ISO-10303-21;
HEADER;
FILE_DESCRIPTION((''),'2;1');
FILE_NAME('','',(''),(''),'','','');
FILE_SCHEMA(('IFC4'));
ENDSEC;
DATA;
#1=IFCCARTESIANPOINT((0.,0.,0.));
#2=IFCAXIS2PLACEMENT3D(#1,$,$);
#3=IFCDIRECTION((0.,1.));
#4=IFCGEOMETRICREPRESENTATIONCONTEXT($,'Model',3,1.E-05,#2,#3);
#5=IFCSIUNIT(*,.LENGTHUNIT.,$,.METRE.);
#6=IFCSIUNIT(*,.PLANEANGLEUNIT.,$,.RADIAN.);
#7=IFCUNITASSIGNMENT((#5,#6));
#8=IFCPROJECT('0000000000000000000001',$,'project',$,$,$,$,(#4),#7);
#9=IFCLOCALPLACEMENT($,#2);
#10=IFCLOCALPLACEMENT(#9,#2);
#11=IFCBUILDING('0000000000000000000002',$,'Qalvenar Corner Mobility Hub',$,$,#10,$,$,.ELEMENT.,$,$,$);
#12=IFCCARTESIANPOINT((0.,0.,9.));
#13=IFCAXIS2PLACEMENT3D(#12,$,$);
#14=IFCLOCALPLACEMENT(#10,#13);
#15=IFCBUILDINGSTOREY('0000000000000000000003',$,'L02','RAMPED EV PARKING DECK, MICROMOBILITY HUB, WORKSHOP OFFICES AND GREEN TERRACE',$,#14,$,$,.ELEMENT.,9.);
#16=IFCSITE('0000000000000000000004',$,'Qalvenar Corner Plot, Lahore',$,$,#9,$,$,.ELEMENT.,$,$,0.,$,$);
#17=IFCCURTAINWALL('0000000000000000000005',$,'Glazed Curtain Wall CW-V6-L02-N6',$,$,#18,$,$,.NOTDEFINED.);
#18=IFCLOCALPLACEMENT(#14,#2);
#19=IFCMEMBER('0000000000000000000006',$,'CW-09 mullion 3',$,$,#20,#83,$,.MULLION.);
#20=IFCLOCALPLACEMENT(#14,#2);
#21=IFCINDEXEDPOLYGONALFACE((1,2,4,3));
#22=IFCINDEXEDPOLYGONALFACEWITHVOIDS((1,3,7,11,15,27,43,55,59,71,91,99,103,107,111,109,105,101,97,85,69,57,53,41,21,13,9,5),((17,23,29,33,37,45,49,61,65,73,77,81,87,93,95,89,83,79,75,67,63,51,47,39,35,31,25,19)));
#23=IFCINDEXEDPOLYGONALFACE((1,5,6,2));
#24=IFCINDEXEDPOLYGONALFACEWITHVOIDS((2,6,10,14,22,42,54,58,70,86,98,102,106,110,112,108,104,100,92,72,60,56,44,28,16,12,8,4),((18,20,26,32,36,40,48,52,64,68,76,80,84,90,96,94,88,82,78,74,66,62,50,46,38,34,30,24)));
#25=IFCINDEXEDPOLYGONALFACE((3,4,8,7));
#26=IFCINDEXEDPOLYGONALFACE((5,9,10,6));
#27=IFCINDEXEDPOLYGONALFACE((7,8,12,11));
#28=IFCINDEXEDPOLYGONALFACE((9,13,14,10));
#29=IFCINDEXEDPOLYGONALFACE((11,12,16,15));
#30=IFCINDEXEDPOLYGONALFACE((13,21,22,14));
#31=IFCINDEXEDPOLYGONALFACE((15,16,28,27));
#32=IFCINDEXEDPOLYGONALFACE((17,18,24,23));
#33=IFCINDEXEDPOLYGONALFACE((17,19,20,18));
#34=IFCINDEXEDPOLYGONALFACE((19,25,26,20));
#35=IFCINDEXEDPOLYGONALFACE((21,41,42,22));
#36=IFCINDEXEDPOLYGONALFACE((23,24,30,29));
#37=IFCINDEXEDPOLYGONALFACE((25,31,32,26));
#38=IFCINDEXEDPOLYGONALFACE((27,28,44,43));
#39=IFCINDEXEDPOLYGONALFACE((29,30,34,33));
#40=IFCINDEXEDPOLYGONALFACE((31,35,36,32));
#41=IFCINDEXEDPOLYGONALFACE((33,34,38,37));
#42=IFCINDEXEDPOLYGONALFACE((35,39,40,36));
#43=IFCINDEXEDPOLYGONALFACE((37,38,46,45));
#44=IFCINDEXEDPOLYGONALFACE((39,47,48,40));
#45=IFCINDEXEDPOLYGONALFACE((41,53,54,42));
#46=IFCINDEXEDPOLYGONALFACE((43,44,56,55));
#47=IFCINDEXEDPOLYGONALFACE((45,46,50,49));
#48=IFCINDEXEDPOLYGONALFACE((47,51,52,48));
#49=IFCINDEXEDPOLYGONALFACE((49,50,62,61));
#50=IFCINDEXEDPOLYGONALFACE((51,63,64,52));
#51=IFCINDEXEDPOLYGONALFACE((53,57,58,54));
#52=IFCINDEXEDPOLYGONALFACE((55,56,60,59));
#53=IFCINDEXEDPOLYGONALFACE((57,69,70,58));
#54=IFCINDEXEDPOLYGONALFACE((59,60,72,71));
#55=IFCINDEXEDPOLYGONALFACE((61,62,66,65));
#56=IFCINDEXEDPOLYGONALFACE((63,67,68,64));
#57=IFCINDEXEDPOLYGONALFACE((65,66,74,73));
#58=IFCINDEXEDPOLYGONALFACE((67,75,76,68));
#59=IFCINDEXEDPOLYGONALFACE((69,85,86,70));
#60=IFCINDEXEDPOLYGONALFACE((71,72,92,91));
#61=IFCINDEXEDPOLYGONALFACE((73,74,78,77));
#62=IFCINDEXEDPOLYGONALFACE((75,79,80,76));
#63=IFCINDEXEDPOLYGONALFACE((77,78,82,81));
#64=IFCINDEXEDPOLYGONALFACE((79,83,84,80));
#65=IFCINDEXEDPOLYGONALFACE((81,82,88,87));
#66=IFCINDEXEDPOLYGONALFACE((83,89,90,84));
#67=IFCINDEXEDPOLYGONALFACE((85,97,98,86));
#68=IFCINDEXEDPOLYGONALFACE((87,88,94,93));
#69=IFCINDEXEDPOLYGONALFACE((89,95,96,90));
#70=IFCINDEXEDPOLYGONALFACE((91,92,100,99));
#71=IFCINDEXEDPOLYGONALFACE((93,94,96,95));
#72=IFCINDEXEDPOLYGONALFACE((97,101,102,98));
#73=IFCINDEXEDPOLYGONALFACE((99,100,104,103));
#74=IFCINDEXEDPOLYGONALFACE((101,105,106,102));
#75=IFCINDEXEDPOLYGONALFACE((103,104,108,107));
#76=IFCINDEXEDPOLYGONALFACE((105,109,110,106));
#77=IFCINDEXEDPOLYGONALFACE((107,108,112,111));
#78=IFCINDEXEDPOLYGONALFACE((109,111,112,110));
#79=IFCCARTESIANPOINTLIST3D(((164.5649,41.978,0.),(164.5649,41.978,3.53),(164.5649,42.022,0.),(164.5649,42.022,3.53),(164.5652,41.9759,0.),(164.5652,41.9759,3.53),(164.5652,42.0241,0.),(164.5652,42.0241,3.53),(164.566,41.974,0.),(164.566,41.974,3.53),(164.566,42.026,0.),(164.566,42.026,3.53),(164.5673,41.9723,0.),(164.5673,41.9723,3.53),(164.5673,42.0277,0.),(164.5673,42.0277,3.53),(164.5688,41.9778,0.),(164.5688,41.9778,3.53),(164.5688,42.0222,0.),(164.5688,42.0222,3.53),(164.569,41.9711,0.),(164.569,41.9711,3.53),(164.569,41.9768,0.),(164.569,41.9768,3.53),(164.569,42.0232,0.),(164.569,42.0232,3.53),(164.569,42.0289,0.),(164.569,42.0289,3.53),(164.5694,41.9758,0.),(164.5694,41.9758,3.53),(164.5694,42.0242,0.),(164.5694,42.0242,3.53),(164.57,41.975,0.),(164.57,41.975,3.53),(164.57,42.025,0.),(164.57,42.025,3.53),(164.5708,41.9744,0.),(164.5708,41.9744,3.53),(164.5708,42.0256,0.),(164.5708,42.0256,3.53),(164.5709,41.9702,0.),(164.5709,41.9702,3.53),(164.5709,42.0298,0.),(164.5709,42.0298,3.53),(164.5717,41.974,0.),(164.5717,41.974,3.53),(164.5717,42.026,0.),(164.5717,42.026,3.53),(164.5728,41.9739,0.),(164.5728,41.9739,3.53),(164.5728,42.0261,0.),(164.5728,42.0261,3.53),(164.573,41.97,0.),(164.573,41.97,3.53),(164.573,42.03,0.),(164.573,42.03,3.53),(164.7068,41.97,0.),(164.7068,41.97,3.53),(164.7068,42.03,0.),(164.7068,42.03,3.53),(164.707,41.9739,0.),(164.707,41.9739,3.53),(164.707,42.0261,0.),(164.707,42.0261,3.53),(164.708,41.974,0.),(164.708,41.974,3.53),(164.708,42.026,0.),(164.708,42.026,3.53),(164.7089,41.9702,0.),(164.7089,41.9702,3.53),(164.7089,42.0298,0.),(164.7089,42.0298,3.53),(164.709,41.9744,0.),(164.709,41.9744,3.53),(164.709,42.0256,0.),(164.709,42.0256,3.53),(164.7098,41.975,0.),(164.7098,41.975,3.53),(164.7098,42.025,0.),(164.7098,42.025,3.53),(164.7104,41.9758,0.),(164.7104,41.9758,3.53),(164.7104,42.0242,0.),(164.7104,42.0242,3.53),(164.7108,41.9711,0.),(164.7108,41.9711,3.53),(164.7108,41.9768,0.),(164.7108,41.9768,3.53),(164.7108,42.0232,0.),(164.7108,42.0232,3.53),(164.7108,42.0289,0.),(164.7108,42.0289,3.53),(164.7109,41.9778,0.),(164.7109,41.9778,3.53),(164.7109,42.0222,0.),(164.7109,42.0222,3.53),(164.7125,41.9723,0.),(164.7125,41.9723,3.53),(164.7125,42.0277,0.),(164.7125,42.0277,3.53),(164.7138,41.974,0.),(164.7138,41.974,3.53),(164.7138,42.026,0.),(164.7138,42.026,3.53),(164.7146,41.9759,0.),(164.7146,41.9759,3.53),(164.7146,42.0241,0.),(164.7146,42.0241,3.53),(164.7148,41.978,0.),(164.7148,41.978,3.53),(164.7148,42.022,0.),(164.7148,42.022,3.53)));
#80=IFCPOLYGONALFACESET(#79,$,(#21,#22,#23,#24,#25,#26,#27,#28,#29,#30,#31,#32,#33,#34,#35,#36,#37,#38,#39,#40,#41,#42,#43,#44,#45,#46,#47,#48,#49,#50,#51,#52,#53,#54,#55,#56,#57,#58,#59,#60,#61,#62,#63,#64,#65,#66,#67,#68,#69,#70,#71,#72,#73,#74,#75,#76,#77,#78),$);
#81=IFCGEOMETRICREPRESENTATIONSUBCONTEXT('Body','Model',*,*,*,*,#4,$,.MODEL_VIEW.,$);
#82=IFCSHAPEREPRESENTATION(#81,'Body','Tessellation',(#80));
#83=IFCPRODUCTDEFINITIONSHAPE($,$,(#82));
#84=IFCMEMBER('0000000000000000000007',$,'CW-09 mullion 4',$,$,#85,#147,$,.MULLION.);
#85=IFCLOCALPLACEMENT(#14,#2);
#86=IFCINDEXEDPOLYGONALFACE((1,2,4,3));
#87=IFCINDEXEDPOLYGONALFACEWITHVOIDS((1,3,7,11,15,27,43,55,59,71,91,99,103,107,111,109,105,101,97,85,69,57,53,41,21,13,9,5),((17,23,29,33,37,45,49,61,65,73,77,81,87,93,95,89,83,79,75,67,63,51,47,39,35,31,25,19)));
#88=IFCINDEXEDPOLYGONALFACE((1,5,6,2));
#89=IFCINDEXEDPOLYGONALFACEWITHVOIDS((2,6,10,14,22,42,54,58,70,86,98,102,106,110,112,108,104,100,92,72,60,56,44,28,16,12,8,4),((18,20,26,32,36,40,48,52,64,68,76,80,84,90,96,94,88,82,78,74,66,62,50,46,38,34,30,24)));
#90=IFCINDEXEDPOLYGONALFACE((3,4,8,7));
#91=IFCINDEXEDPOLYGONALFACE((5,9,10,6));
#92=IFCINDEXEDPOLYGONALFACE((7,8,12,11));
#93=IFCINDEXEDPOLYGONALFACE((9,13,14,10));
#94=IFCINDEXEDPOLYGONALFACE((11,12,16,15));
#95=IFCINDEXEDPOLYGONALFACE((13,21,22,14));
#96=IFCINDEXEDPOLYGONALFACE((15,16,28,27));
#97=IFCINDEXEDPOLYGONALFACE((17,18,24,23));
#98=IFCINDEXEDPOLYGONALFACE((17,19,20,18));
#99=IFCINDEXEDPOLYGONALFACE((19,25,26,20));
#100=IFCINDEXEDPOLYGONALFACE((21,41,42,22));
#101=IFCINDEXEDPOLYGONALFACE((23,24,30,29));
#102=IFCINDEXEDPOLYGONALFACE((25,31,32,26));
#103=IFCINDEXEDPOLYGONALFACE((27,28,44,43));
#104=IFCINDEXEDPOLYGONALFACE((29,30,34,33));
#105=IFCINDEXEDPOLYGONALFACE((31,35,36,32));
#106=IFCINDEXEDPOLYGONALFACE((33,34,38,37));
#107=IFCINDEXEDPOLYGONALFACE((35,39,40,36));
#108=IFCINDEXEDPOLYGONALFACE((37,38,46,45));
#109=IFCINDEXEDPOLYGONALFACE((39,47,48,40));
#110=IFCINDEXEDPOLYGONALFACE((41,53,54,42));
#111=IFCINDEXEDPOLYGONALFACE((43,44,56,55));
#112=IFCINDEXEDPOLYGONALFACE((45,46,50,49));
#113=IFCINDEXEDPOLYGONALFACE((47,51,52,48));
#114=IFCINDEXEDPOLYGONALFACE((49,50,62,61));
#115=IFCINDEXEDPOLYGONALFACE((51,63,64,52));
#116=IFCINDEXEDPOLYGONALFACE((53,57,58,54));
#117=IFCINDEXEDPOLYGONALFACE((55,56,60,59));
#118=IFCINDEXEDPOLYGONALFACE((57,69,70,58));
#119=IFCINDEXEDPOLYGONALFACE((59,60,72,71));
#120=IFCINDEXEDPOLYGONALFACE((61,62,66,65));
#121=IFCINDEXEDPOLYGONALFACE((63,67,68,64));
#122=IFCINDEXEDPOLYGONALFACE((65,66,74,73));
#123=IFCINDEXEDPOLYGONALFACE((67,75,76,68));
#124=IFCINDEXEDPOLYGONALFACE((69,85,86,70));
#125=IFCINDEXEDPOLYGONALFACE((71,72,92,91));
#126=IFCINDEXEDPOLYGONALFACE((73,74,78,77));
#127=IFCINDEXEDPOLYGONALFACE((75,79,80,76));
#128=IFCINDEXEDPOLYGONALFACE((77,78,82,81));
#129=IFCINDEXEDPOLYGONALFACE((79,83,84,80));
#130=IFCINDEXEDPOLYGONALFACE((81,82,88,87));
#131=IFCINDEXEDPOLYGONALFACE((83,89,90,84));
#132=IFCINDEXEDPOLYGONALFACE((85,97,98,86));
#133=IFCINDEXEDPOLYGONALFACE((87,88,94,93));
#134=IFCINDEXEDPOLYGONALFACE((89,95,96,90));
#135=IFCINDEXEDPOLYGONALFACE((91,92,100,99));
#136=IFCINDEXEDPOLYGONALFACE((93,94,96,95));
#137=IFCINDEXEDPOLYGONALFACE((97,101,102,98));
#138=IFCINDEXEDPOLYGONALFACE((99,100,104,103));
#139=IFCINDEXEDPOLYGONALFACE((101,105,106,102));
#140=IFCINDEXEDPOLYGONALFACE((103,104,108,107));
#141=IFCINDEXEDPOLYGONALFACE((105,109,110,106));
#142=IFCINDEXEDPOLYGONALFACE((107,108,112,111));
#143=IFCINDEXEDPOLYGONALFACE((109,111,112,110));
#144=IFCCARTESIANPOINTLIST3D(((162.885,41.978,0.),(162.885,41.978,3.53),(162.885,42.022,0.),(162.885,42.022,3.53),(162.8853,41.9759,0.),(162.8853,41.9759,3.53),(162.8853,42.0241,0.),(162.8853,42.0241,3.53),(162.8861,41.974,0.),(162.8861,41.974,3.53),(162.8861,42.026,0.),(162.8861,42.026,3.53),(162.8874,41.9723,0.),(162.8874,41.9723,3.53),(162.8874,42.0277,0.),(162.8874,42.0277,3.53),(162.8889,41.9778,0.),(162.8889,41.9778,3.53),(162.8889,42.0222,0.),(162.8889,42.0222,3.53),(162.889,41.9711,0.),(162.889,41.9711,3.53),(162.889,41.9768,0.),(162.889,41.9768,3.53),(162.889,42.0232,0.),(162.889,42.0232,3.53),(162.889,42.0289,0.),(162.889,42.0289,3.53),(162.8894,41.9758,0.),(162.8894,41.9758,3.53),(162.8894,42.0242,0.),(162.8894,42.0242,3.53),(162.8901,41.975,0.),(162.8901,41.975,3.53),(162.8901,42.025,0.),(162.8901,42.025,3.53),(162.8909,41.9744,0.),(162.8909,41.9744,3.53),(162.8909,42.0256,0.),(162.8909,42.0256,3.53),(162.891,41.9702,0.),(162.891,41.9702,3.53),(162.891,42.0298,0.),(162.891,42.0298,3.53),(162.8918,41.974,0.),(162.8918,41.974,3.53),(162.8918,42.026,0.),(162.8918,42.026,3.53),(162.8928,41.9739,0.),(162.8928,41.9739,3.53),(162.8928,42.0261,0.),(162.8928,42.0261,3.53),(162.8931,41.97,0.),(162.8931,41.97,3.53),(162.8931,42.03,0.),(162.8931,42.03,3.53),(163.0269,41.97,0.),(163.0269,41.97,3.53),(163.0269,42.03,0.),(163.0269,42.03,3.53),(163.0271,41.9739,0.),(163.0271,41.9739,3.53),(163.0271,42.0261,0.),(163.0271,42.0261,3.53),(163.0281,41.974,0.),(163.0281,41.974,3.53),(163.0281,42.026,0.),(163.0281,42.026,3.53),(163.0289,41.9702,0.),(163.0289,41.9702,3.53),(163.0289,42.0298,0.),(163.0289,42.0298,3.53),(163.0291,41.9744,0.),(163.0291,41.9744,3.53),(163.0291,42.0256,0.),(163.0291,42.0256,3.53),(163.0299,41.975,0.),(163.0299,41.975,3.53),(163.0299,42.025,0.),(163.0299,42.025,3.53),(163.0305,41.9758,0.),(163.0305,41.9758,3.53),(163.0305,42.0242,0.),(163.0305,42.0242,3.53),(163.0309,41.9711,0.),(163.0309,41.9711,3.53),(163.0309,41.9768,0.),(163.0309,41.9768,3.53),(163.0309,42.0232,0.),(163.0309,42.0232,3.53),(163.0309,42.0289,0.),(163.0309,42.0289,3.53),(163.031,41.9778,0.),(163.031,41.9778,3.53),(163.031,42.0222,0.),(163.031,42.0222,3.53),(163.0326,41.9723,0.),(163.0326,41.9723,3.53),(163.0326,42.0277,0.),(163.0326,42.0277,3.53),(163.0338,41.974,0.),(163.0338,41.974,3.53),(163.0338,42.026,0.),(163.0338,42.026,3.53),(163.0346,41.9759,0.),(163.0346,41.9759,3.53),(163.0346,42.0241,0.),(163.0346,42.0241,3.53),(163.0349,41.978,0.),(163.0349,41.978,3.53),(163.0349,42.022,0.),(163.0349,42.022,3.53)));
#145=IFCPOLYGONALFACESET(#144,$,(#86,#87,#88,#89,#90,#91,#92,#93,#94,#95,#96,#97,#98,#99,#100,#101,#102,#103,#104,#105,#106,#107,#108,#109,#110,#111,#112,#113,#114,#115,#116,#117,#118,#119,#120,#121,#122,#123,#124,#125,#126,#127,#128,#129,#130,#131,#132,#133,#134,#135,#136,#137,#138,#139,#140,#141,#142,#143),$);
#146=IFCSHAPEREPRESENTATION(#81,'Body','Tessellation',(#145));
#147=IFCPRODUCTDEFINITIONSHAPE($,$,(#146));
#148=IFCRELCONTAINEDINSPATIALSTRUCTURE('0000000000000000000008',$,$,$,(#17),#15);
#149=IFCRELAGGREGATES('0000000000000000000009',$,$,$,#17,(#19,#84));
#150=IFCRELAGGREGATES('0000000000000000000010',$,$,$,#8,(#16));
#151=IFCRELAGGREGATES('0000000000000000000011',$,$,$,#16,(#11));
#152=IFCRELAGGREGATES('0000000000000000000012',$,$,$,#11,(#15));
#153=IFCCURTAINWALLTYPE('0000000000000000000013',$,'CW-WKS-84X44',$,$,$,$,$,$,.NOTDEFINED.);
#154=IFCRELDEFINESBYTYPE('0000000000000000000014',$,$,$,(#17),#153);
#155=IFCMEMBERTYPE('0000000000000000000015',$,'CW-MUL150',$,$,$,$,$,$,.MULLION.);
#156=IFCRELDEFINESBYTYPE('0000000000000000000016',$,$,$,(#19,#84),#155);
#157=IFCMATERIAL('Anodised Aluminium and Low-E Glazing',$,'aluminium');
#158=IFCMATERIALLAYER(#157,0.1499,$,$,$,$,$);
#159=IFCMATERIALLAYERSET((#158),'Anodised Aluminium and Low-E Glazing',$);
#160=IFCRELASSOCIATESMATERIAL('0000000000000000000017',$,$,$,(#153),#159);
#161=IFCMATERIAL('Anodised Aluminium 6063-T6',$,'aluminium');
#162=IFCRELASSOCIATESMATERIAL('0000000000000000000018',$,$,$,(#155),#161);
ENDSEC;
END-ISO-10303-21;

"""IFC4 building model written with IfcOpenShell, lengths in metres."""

from ifc_helpers import new_model, si_unit, direction, frame, origin, origin_2d, place, context, subcontext, project, spatial, hollow_rectangle, extrude, material, layer, layer_set, material_profile, profile_set, type_object, element, aggregate, save


model = new_model("IFC4")

# Units and contexts
model_context = context("Model", 3, precision=1e-05, world=origin(), true_north=direction((0.0, 1.0)))
body_context = subcontext(model_context, "Body", "Model", "MODEL_VIEW")
ifc_project = project(units=[si_unit("LENGTHUNIT", "METRE"), si_unit("PLANEANGLEUNIT", "RADIAN")], contexts=[model_context])

# Site, building, storey
site_placement = place(None, origin())
site = spatial("IfcSite", under=ifc_project, at=site_placement, Name="Qalvenar Corner Plot, Lahore", CompositionType="ELEMENT", RefElevation=0.0)
building_placement = place(site_placement, origin())
building = spatial("IfcBuilding", under=site, at=building_placement, Name="Qalvenar Corner Mobility Hub", CompositionType="ELEMENT")
storey_placement = place(building_placement, frame((0.0, 0.0, 9.0)))
storey = spatial("IfcBuildingStorey", under=building, at=storey_placement, Name="L02", Description="RAMPED EV PARKING DECK, MICROMOBILITY HUB, WORKSHOP OFFICES AND GREEN TERRACE", CompositionType="ELEMENT", Elevation=9.0)

# Curtain wall, members
ifc_material_1 = material(Name="Anodised Aluminium and Low-E Glazing", Category="aluminium")
ifc_layer_1 = layer(ifc_material_1, 0.1499)
ifc_layer_set_1 = layer_set([ifc_layer_1], Name="Anodised Aluminium and Low-E Glazing")
curtain_wall_type = type_object("IfcCurtainWallType", Name="CW-WKS-84X44", PredefinedType="NOTDEFINED", material=ifc_layer_set_1)
curtain_wall_placement = place(storey_placement, origin())
curtain_wall = element("IfcCurtainWall", 1, at=curtain_wall_placement, inside=storey, type_object=curtain_wall_type, Name="Glazed Curtain Wall CW-V6-L02-N6", PredefinedType="NOTDEFINED")
ifc_material_2 = material(Name="Anodised Aluminium 6063-T6", Category="aluminium")
ifc_material_profile_1 = material_profile(ifc_material_2, hollow_rectangle(XDim=0.0601, YDim=0.1499, WallThickness=0.0039, InnerFilletRadius=0.0039, OuterFilletRadius=0.0081, at=origin_2d()), Name="RHS150x60x4")
ifc_profile_set_1 = profile_set([ifc_material_profile_1], Name="Anodised Aluminium 6063-T6")
member_type_1 = type_object("IfcMemberType", Name="CW-MUL150", PredefinedType="MULLION", material=ifc_profile_set_1)
member_1_placement = place(storey_placement, frame((164.6399, 42.0, 0.0), z_axis=(0.0, 0.0, 1.0), x_axis=(0.0, -1.0, 0.0)))
member_1 = element("IfcMember", 2, at=member_1_placement, type_object=member_type_1, Name="CW-09 mullion 3", PredefinedType="MULLION", context=body_context, shape_type="SweptSolid", body=[
    extrude(hollow_rectangle(XDim=0.0601, YDim=0.1499, WallThickness=0.0039, InnerFilletRadius=0.0039, OuterFilletRadius=0.0081, at=origin_2d()), origin(), (0.0, 0.0, 1.0), 3.53),
])
member_2_placement = place(storey_placement, frame((162.96, 42.0, 0.0), z_axis=(0.0, 0.0, 1.0), x_axis=(0.0, -1.0, 0.0)))
member_2 = element("IfcMember", 3, at=member_2_placement, type_object=member_type_1, Name="CW-09 mullion 4", PredefinedType="MULLION", context=body_context, shape_type="SweptSolid", body=[
    extrude(hollow_rectangle(XDim=0.0601, YDim=0.1499, WallThickness=0.0039, InnerFilletRadius=0.0039, OuterFilletRadius=0.0081, at=origin_2d()), origin(), (0.0, 0.0, 1.0), 3.53),
])
aggregate(curtain_wall, [member_1, member_2])

save(model, "model.ifc")
